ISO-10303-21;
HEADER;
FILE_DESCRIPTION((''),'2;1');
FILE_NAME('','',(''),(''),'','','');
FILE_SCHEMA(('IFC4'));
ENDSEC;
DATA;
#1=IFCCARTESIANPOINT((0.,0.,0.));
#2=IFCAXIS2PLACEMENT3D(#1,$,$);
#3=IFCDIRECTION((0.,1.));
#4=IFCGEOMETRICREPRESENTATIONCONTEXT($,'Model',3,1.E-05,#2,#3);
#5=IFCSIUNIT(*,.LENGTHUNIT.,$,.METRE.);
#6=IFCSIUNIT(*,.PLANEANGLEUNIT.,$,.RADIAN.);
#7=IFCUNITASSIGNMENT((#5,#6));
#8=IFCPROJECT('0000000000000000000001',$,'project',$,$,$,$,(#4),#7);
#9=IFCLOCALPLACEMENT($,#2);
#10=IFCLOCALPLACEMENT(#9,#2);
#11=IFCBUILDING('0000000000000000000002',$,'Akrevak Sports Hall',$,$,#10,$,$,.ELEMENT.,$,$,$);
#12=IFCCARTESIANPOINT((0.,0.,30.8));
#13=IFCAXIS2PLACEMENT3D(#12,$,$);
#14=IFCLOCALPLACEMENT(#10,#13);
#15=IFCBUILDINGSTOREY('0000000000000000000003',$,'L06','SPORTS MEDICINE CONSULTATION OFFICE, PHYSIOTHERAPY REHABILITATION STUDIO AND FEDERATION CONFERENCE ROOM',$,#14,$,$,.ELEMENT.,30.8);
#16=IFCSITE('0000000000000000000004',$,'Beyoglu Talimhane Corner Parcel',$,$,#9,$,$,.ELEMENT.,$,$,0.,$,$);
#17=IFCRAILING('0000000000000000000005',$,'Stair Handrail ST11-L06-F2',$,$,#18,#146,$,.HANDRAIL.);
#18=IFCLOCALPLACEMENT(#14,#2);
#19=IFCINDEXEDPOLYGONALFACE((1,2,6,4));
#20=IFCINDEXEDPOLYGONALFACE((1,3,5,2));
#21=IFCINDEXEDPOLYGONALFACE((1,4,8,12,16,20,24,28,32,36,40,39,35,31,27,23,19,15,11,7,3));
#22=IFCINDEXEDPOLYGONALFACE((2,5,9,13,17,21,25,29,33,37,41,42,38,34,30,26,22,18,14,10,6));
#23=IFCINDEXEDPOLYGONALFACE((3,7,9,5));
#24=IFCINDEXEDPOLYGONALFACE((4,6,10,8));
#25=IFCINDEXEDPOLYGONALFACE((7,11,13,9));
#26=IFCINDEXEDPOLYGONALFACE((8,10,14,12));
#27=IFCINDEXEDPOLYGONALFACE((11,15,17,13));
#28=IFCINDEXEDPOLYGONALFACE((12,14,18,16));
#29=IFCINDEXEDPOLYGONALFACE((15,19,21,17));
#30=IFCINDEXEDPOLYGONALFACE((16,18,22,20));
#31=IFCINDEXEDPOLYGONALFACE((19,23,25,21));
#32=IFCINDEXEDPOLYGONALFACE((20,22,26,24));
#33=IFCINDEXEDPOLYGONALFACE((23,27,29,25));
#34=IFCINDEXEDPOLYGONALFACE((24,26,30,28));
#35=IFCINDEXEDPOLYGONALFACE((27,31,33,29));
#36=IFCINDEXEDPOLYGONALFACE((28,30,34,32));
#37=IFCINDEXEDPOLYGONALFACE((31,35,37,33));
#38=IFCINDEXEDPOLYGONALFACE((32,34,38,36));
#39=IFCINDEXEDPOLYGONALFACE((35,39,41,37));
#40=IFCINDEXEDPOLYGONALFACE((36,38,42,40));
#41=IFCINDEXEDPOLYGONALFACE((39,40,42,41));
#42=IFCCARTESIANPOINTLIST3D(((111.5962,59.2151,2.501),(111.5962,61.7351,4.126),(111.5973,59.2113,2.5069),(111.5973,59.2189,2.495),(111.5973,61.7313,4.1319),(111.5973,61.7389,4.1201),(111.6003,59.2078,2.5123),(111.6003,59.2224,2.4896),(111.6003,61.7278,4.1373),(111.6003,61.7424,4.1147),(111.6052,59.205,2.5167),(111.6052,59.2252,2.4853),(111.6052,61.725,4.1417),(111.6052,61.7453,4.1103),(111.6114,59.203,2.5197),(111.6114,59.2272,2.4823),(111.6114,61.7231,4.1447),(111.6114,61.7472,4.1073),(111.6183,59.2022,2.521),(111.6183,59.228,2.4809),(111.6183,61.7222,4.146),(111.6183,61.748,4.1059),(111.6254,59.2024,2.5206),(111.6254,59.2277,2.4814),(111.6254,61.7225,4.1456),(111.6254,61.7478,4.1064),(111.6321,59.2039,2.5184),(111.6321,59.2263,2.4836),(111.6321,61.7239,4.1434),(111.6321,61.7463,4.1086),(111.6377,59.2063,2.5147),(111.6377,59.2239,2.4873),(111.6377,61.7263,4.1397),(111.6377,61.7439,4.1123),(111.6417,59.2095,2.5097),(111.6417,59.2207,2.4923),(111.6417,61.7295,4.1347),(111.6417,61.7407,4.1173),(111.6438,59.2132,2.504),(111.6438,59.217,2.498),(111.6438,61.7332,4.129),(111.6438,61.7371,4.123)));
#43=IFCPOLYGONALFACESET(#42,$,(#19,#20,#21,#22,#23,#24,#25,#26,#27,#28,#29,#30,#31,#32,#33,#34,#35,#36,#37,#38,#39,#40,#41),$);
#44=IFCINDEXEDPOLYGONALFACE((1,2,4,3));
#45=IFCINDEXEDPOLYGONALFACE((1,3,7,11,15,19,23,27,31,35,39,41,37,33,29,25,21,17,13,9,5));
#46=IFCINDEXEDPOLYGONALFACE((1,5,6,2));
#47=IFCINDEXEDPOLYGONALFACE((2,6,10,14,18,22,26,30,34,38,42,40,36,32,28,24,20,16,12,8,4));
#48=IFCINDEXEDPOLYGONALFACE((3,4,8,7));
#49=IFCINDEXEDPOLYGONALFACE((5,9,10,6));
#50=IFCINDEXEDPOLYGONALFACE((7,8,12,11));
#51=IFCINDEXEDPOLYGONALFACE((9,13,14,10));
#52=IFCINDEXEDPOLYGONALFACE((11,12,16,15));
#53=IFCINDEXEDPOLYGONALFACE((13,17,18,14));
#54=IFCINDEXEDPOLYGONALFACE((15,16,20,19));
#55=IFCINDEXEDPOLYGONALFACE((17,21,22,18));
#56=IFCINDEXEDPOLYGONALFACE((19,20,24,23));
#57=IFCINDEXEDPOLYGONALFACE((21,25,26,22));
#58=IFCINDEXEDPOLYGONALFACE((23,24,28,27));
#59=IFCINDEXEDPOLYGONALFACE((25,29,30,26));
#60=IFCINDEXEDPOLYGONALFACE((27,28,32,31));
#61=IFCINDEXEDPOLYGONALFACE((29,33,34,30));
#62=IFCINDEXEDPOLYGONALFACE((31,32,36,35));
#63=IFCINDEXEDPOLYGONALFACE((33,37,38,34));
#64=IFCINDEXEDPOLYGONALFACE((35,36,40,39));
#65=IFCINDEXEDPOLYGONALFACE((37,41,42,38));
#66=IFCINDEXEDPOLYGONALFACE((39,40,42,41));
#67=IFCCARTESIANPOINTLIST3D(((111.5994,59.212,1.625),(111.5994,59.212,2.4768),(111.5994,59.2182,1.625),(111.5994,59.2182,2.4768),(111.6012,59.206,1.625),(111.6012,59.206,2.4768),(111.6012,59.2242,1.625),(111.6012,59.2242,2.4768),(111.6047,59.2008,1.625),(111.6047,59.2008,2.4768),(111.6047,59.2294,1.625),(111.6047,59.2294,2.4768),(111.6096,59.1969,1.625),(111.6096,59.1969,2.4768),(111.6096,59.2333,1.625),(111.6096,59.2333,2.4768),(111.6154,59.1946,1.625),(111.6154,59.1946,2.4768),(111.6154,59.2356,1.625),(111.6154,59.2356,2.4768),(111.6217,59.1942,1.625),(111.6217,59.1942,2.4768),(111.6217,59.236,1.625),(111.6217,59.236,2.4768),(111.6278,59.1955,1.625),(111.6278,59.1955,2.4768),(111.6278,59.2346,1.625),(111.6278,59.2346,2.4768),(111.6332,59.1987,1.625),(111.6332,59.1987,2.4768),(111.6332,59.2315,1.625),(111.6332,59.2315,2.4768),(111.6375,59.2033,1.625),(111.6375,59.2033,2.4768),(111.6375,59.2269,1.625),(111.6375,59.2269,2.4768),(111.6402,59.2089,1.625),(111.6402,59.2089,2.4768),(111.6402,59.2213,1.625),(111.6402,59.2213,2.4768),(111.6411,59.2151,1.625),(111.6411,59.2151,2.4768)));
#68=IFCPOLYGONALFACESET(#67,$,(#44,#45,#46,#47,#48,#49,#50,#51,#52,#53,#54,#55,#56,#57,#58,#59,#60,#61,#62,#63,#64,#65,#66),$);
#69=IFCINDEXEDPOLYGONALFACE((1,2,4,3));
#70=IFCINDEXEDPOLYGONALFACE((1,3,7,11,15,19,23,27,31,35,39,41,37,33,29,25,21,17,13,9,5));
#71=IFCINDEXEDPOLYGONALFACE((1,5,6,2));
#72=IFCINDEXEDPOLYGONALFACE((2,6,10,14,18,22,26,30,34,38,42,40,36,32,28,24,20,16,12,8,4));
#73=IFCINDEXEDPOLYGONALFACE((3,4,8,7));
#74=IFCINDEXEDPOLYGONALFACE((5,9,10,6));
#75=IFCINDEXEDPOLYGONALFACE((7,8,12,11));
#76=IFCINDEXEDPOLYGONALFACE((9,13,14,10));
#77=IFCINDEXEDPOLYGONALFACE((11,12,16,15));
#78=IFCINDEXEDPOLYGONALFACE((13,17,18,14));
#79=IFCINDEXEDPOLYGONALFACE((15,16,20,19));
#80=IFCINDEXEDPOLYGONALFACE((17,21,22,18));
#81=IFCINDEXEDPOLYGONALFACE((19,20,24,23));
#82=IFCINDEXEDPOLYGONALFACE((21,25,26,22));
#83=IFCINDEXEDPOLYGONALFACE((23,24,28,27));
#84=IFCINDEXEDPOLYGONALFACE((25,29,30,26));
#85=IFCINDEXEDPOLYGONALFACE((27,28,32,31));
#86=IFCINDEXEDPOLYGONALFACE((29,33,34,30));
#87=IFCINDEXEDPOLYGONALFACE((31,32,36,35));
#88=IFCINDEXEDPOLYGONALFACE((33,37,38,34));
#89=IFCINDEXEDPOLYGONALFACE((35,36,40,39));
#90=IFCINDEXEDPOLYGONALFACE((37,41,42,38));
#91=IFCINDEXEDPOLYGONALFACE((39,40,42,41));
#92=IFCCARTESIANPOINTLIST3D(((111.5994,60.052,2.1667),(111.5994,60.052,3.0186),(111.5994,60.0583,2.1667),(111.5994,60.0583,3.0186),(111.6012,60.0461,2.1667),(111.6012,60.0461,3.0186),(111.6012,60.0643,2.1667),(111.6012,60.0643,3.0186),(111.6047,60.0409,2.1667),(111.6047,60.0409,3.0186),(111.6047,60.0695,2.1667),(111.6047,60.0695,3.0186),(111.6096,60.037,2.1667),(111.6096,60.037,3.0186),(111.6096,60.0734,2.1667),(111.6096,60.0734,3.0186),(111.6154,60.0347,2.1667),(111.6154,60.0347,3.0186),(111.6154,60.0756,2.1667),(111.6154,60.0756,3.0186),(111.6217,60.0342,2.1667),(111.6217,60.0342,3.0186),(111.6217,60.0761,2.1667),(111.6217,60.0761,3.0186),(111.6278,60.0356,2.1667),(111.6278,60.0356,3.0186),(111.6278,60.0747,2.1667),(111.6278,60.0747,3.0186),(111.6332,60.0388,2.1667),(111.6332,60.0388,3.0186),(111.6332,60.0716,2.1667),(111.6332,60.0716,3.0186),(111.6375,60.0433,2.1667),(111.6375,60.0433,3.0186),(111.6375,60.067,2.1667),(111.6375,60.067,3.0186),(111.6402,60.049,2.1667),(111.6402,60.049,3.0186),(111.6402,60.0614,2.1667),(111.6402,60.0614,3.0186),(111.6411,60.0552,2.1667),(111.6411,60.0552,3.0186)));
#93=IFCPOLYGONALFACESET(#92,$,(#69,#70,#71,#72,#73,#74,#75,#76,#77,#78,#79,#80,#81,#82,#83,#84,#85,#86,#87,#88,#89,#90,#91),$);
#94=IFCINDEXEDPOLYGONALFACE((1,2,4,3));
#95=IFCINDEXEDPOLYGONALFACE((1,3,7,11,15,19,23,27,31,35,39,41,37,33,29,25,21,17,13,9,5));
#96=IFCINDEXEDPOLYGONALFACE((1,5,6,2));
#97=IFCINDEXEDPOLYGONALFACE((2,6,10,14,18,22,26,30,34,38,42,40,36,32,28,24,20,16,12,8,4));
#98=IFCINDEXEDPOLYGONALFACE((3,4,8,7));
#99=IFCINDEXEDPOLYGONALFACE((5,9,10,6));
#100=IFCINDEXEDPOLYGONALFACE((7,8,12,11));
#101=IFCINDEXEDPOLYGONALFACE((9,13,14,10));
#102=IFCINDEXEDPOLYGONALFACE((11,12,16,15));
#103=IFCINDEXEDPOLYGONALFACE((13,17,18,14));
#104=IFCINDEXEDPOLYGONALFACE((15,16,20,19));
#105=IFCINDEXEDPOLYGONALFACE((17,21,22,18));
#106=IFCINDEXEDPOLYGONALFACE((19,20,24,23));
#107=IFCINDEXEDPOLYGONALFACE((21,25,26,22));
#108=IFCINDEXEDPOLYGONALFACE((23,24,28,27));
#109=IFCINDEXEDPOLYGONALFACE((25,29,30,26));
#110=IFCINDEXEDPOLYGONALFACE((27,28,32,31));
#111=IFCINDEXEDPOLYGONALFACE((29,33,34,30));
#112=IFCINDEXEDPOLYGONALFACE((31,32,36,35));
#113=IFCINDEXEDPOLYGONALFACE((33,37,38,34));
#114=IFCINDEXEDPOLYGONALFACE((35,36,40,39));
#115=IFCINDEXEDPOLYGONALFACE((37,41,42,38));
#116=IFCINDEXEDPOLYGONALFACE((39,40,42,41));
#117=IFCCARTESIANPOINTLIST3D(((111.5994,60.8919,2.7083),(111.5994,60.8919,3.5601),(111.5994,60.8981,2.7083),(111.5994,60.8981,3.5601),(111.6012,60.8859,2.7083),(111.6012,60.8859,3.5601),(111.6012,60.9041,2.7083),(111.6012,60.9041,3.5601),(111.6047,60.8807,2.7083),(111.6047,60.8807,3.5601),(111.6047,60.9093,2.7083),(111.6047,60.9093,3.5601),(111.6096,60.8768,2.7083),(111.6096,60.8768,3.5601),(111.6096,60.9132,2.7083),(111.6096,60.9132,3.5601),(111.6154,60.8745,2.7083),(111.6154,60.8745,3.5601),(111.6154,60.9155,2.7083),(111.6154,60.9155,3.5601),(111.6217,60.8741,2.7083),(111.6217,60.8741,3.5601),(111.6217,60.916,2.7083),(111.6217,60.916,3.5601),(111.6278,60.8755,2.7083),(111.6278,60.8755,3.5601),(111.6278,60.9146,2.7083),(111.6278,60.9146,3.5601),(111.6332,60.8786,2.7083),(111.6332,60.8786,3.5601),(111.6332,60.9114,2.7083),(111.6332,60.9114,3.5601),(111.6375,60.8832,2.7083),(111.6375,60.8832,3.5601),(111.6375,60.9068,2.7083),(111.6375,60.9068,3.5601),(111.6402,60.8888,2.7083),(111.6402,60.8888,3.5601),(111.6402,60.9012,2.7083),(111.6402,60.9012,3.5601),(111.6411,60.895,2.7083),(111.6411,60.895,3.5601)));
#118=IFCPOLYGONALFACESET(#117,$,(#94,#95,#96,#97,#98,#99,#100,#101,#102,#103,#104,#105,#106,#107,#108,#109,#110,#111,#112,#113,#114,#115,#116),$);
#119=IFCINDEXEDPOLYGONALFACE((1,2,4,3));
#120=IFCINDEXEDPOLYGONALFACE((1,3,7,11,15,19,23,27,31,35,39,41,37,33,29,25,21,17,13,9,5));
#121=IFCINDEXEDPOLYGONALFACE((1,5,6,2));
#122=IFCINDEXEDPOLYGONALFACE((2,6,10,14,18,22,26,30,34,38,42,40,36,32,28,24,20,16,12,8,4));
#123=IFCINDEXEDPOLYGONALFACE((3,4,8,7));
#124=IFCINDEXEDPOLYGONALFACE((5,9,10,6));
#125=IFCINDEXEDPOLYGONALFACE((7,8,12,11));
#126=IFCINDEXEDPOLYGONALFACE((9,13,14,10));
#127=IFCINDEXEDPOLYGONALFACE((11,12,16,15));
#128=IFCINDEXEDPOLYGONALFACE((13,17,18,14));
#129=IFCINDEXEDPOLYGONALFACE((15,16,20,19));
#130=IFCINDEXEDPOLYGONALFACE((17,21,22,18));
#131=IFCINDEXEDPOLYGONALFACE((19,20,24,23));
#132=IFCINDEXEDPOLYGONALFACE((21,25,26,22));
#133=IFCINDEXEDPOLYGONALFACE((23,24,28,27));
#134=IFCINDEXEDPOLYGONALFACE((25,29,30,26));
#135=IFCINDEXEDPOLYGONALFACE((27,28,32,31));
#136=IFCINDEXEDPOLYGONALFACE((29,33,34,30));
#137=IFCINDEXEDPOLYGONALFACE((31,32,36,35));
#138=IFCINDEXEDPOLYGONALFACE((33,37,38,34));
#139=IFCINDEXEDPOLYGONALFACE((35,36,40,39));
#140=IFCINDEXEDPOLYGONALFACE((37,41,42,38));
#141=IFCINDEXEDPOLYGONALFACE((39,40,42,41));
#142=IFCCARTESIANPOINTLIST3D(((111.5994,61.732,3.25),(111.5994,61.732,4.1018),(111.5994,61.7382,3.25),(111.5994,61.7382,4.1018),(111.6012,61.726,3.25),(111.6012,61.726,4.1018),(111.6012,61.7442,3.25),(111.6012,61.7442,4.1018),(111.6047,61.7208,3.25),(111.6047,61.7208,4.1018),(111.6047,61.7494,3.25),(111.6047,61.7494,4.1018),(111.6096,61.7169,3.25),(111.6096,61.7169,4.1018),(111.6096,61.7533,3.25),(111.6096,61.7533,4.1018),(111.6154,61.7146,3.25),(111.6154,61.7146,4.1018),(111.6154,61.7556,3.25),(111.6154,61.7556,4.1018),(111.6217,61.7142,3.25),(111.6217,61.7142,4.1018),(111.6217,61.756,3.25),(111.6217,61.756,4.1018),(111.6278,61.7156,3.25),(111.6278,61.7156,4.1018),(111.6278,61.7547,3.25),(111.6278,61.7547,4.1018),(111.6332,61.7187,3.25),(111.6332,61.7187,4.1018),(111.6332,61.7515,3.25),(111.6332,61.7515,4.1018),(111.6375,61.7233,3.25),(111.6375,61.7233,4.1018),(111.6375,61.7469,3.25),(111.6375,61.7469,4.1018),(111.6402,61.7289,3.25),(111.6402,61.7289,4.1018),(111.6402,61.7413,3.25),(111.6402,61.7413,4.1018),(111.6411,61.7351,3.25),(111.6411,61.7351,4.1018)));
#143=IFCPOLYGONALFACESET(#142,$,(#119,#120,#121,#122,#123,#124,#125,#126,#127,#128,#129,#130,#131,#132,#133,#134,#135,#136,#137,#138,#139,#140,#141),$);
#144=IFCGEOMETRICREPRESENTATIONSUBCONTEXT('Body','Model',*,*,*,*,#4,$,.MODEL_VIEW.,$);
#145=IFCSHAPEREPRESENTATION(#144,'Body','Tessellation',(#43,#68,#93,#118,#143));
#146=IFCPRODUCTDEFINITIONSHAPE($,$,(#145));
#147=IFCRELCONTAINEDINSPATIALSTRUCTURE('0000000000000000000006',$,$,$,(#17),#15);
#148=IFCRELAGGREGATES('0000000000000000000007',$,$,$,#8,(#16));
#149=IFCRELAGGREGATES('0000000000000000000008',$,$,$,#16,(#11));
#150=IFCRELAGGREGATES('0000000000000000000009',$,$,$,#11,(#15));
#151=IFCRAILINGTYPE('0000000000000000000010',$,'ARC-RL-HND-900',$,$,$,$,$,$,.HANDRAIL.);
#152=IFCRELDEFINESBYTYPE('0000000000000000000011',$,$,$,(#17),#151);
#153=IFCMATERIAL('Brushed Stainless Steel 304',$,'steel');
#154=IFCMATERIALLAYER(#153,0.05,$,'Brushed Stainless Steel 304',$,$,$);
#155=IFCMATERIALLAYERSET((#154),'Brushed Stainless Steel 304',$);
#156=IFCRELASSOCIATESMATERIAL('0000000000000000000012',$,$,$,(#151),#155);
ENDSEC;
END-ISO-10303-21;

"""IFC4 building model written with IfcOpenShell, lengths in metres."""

from ifc_helpers import new_model, si_unit, direction, frame, origin, origin_2d, place, context, subcontext, project, spatial, circle, extrude, material, layer, layer_set, type_object, element, save


model = new_model("IFC4")

# Units and contexts
model_context = context("Model", 3, precision=1e-05, world=origin(), true_north=direction((0.0, 1.0)))
body_context = subcontext(model_context, "Body", "Model", "MODEL_VIEW")
ifc_project = project(units=[si_unit("LENGTHUNIT", "METRE"), si_unit("PLANEANGLEUNIT", "RADIAN")], contexts=[model_context])

# Site, building, storey
site_placement = place(None, origin())
site = spatial("IfcSite", under=ifc_project, at=site_placement, Name="Beyoglu Talimhane Corner Parcel", CompositionType="ELEMENT", RefElevation=0.0)
building_placement = place(site_placement, origin())
building = spatial("IfcBuilding", under=site, at=building_placement, Name="Akrevak Sports Hall", CompositionType="ELEMENT")
storey_placement = place(building_placement, frame((0.0, 0.0, 30.8)))
storey = spatial("IfcBuildingStorey", under=building, at=storey_placement, Name="L06", Description="SPORTS MEDICINE CONSULTATION OFFICE, PHYSIOTHERAPY REHABILITATION STUDIO AND FEDERATION CONFERENCE ROOM", CompositionType="ELEMENT", Elevation=30.8)

# Railing
ifc_material_1 = material(Name="Brushed Stainless Steel 304", Category="steel")
ifc_layer_1 = layer(ifc_material_1, 0.05, Name="Brushed Stainless Steel 304")
ifc_layer_set_1 = layer_set([ifc_layer_1], Name="Brushed Stainless Steel 304")
railing_type_1 = type_object("IfcRailingType", Name="ARC-RL-HND-900", PredefinedType="HANDRAIL", material=ifc_layer_set_1)
railing_1_placement = place(storey_placement, frame((111.6201, 59.2151, 1.625)))
element("IfcRailing", 1, at=railing_1_placement, inside=storey, type_object=railing_type_1, Name="Stair Handrail ST11-L06-F2", PredefinedType="HANDRAIL", context=body_context, shape_type="SweptSolid", body=[
    extrude(circle(Radius=0.0239, at=origin_2d()), frame((0.0, 0.0, 0.876), z_axis=(0.0, 0.840421, 0.541934), x_axis=(-1.0, 0.0, 0.0)), (0.0, 0.0, 1.0), 2.9985),
    extrude(circle(Radius=0.021, at=origin_2d()), origin(), (0.0, 0.0, 1.0), 0.8518),
    extrude(circle(Radius=0.021, at=origin_2d()), frame((0.0, 0.8401, 0.5417)), (0.0, 0.0, 1.0), 0.8518),
    extrude(circle(Radius=0.021, at=origin_2d()), frame((0.0, 1.6799, 1.0833)), (0.0, 0.0, 1.0), 0.8518),
    extrude(circle(Radius=0.021, at=origin_2d()), frame((0.0, 2.52, 1.625)), (0.0, 0.0, 1.0), 0.8518),
])

save(model, "model.ifc")
